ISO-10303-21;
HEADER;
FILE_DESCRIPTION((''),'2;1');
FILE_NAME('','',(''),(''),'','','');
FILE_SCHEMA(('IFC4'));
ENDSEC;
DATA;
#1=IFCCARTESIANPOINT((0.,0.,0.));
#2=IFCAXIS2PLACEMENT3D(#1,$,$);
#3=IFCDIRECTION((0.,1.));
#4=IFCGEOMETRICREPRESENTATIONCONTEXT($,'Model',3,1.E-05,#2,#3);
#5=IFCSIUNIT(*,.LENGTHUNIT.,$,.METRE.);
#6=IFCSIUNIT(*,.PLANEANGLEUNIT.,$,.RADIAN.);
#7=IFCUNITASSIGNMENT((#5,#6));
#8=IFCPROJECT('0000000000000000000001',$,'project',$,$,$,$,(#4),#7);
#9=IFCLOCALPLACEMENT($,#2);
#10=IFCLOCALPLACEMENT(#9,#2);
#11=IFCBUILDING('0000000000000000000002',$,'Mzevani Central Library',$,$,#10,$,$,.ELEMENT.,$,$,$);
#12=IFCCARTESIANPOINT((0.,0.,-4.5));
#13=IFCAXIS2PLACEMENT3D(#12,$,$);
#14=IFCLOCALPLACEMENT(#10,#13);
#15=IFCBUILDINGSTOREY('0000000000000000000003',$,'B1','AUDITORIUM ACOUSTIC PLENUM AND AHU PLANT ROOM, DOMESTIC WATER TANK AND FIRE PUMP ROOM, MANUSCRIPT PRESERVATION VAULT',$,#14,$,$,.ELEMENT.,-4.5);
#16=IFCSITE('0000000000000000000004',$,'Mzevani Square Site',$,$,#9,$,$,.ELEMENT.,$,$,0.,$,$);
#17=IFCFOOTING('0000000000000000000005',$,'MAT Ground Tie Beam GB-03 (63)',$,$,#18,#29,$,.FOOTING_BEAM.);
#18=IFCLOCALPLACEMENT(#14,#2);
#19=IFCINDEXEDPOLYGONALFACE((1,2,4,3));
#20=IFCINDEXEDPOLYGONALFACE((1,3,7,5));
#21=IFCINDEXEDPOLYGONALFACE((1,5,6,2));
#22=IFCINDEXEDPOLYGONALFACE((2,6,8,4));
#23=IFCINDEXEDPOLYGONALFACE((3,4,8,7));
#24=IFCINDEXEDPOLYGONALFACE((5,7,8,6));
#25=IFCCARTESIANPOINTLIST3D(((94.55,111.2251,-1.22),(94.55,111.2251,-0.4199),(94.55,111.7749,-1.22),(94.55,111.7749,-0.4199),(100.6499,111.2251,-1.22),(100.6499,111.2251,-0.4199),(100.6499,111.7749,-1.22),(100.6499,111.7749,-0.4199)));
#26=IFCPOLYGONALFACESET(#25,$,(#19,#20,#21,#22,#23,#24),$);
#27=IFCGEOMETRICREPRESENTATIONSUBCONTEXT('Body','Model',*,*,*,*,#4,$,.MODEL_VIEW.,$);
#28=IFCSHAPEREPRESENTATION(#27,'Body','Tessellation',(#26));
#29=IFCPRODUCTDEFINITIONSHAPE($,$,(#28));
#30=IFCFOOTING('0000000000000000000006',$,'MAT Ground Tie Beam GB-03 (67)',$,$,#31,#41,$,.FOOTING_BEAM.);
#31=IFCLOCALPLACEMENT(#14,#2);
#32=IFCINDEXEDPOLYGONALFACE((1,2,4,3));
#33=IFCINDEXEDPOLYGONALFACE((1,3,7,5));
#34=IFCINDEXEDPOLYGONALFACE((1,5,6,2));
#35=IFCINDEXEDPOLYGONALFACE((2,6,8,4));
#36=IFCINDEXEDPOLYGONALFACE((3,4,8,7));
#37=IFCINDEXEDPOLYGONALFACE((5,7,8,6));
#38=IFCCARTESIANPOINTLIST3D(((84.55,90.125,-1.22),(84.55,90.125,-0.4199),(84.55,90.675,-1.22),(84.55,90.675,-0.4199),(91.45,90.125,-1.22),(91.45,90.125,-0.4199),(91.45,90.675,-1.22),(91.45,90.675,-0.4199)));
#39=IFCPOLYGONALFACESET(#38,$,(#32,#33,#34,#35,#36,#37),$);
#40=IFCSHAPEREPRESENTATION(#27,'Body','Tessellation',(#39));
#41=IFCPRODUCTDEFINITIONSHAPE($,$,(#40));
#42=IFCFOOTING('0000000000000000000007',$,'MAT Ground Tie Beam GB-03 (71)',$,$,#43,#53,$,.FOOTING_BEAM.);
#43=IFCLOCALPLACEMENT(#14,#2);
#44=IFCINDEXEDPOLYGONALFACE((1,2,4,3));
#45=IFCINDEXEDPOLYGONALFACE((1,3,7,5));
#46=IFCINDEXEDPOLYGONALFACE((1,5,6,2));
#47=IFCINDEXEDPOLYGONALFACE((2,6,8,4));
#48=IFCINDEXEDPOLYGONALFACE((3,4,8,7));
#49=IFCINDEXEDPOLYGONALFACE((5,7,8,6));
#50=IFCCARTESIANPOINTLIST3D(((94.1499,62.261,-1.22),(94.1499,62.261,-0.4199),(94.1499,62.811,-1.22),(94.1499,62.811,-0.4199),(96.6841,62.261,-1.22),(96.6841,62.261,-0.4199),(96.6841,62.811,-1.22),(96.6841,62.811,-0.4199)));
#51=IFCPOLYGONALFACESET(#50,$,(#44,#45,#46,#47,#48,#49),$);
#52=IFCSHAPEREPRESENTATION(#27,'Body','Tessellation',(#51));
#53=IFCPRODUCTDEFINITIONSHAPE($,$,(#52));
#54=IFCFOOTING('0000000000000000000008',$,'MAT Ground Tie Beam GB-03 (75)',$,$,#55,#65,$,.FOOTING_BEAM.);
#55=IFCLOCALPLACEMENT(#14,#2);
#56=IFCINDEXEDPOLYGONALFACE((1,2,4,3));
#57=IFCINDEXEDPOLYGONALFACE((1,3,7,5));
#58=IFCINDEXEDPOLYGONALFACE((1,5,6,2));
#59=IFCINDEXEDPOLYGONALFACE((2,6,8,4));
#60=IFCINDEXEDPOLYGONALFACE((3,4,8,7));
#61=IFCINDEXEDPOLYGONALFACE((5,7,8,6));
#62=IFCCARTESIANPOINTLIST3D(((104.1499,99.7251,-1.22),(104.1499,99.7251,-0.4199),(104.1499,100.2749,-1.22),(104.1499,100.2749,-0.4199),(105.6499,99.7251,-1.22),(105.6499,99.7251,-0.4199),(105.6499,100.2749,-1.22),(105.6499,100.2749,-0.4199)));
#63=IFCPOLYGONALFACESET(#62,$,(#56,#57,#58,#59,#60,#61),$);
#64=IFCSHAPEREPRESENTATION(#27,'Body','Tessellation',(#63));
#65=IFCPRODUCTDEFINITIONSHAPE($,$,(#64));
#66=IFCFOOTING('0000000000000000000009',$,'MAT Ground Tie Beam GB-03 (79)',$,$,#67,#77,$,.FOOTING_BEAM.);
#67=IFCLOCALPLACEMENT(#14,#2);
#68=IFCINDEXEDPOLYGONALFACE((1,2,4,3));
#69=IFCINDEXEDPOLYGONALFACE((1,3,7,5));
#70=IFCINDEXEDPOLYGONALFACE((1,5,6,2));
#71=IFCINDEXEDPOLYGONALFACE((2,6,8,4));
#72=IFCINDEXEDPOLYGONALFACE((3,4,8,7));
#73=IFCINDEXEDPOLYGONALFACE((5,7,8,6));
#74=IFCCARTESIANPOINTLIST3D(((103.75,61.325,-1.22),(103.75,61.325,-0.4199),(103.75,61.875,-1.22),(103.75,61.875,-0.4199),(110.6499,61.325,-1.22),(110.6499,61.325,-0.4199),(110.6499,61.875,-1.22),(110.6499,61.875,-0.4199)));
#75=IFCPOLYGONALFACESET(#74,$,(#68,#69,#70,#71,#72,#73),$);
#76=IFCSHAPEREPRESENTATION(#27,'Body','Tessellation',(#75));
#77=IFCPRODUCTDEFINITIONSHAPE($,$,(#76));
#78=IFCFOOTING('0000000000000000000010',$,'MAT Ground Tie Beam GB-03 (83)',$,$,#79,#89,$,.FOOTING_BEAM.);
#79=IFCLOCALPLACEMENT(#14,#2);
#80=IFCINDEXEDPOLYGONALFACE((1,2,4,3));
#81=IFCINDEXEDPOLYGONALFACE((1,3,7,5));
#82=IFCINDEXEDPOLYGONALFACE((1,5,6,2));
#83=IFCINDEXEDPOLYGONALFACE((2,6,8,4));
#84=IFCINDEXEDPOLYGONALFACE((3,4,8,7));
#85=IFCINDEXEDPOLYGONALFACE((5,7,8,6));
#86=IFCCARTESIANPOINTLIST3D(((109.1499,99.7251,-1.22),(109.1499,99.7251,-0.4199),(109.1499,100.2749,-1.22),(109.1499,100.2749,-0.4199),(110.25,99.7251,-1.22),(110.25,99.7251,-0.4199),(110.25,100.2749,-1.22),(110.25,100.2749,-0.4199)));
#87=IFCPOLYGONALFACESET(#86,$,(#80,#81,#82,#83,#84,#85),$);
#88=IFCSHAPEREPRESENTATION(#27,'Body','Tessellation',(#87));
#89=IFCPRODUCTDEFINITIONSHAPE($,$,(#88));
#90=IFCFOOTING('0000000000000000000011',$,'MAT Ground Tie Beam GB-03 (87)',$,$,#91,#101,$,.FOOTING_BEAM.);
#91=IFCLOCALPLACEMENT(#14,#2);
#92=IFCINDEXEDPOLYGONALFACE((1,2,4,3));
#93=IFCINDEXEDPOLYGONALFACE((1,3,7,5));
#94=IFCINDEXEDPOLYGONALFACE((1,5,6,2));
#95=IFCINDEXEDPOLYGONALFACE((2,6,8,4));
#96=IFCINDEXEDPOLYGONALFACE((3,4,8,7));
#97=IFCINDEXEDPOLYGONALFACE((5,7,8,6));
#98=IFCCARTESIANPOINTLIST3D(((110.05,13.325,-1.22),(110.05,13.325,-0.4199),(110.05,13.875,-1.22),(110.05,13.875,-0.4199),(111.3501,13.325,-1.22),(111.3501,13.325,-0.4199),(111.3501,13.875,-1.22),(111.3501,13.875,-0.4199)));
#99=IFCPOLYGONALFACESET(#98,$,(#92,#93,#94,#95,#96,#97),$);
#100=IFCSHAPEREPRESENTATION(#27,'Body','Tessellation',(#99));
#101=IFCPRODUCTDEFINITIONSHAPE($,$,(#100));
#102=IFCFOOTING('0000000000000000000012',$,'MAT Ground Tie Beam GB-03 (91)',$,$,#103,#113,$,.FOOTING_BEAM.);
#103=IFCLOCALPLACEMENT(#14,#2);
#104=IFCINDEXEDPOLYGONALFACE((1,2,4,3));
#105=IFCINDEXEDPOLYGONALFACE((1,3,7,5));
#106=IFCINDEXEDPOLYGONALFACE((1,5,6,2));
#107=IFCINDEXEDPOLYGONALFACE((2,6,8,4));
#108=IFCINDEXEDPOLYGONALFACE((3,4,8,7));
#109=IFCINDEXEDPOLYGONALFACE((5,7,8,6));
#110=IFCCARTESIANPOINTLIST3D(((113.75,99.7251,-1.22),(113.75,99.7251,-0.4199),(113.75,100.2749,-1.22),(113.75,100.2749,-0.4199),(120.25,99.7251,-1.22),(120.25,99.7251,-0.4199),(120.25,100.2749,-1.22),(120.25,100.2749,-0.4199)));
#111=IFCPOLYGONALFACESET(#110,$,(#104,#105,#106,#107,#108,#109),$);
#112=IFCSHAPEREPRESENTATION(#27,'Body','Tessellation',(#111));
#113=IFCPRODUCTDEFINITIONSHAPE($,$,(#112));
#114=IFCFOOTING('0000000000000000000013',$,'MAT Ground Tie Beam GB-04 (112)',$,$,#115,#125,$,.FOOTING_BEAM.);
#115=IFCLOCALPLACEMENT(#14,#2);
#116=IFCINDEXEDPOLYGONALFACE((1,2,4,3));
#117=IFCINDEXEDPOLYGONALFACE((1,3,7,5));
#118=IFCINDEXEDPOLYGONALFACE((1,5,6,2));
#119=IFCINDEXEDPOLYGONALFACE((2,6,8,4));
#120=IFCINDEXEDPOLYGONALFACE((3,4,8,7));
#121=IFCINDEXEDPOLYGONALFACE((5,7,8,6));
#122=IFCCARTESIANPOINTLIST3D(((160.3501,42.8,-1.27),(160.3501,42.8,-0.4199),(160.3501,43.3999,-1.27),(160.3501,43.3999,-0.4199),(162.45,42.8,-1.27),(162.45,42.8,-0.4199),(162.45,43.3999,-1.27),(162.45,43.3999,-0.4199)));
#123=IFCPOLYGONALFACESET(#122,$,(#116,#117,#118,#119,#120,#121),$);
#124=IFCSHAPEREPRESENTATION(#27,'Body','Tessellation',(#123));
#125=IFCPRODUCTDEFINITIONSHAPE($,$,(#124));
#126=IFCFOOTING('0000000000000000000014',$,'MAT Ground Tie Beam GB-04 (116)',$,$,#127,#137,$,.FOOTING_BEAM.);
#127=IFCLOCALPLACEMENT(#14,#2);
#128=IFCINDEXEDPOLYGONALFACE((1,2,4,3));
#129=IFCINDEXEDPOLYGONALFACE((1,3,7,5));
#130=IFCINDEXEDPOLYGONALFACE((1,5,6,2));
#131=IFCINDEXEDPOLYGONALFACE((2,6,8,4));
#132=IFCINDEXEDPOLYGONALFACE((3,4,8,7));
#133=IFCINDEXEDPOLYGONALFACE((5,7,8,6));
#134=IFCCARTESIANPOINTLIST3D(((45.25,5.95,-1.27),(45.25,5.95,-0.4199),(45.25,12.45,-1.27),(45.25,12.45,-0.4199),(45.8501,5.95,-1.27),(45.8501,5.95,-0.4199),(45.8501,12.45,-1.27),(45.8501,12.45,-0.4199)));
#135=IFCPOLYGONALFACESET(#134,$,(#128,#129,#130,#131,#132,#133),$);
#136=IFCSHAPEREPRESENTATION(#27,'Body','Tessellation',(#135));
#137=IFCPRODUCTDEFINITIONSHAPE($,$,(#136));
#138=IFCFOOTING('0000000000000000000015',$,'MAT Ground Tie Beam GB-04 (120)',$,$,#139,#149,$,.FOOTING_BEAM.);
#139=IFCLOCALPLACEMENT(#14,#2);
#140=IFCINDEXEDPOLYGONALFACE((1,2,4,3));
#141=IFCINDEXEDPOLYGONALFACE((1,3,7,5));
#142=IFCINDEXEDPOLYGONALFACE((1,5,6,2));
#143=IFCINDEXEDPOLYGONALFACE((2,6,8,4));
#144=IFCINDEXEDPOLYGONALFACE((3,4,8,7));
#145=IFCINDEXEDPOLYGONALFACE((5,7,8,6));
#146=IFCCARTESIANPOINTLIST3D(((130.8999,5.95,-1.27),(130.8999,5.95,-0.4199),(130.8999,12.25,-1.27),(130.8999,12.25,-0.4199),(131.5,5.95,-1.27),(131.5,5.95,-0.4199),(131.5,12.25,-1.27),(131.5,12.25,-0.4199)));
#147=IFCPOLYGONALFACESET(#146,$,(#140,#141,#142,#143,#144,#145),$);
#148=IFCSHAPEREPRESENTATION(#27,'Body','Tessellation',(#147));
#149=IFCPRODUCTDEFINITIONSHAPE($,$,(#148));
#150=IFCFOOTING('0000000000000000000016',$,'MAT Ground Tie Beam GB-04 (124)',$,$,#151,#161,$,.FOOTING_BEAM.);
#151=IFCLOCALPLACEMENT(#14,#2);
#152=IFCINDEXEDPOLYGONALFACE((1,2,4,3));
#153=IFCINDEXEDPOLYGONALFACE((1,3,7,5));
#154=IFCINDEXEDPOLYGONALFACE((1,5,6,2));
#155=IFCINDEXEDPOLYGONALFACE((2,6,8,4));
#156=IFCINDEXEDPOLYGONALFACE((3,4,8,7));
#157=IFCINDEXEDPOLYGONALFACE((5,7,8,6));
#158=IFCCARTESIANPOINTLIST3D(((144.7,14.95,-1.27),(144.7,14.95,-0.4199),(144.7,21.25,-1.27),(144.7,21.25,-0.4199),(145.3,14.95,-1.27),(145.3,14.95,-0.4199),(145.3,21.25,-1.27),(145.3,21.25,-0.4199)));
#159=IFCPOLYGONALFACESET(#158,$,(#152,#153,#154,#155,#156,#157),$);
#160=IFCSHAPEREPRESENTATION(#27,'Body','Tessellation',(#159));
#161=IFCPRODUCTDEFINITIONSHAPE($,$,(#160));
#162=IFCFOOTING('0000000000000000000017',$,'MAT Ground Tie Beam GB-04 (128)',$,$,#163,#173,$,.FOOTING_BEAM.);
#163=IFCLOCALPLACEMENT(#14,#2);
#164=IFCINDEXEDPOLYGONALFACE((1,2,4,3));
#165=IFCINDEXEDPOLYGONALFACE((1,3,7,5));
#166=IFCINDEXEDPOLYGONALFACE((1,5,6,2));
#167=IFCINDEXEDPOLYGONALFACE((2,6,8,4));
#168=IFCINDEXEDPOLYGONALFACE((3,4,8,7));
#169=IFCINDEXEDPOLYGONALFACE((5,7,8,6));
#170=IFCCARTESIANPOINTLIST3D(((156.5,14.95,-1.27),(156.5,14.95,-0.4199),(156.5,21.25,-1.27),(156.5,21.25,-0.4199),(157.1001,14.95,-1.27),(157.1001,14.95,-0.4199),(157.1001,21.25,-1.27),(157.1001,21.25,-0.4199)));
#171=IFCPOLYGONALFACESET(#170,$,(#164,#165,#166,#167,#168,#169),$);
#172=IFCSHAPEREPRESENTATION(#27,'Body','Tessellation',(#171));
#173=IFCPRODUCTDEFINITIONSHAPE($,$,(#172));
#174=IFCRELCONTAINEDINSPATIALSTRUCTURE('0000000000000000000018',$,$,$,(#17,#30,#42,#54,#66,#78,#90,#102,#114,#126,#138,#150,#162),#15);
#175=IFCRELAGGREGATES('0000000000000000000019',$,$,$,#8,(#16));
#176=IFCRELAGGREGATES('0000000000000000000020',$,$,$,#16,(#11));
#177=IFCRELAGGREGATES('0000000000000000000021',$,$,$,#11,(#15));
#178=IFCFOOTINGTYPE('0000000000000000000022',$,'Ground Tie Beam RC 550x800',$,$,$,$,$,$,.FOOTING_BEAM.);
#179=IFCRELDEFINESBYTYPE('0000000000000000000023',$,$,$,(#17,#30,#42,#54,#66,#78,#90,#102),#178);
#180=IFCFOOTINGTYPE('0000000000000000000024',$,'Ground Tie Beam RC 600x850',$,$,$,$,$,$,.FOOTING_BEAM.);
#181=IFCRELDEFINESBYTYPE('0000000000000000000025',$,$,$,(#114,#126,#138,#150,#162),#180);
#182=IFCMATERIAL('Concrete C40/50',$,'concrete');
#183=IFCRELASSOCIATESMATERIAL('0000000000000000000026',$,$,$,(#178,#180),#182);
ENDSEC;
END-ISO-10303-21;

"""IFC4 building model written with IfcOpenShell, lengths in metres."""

from ifc_helpers import new_model, si_unit, direction, frame, origin, place, context, subcontext, project, spatial, polyline, outline, extrude, material, type_object, element, save


model = new_model("IFC4")

# Units and contexts
model_context = context("Model", 3, precision=1e-05, world=origin(), true_north=direction((0.0, 1.0)))
body_context = subcontext(model_context, "Body", "Model", "MODEL_VIEW")
ifc_project = project(units=[si_unit("LENGTHUNIT", "METRE"), si_unit("PLANEANGLEUNIT", "RADIAN")], contexts=[model_context])

# Site, building, storey
site_placement = place(None, origin())
site = spatial("IfcSite", under=ifc_project, at=site_placement, Name="Mzevani Square Site", CompositionType="ELEMENT", RefElevation=0.0)
building_placement = place(site_placement, origin())
building = spatial("IfcBuilding", under=site, at=building_placement, Name="Mzevani Central Library", CompositionType="ELEMENT")
storey_placement = place(building_placement, frame((0.0, 0.0, -4.5)))
storey = spatial("IfcBuildingStorey", under=building, at=storey_placement, Name="B1", Description="AUDITORIUM ACOUSTIC PLENUM AND AHU PLANT ROOM, DOMESTIC WATER TANK AND FIRE PUMP ROOM, MANUSCRIPT PRESERVATION VAULT", CompositionType="ELEMENT", Elevation=-4.5)

# Footings
ifc_material = material(Name="Concrete C40/50", Category="concrete")
footing_type_1 = type_object("IfcFootingType", Name="Ground Tie Beam RC 550x800", PredefinedType="FOOTING_BEAM", material=ifc_material)
footing_1_placement = place(storey_placement, frame((0.0, 0.0, -1.22)))
element("IfcFooting", 1, at=footing_1_placement, inside=storey, type_object=footing_type_1, Name="MAT Ground Tie Beam GB-03 (63)", PredefinedType="FOOTING_BEAM", context=body_context, shape_type="SweptSolid", body=[
    extrude(outline(polyline([(94.55, 111.2251), (100.6499, 111.2251), (100.6499, 111.7749), (94.55, 111.7749), (94.55, 111.2251)])), origin(), (0.0, 0.0, 1.0), 0.8),
])
footing_2_placement = place(storey_placement, frame((0.0, 0.0, -1.22)))
element("IfcFooting", 2, at=footing_2_placement, inside=storey, type_object=footing_type_1, Name="MAT Ground Tie Beam GB-03 (67)", PredefinedType="FOOTING_BEAM", context=body_context, shape_type="SweptSolid", body=[
    extrude(outline(polyline([(84.55, 90.125), (91.45, 90.125), (91.45, 90.675), (84.55, 90.675), (84.55, 90.125)])), origin(), (0.0, 0.0, 1.0), 0.8),
])
footing_3_placement = place(storey_placement, frame((0.0, 0.0, -1.22)))
element("IfcFooting", 3, at=footing_3_placement, inside=storey, type_object=footing_type_1, Name="MAT Ground Tie Beam GB-03 (71)", PredefinedType="FOOTING_BEAM", context=body_context, shape_type="SweptSolid", body=[
    extrude(outline(polyline([(94.1499, 62.261), (96.6841, 62.261), (96.6841, 62.811), (94.1499, 62.811), (94.1499, 62.261)])), origin(), (0.0, 0.0, 1.0), 0.8),
])
footing_4_placement = place(storey_placement, frame((0.0, 0.0, -1.22)))
element("IfcFooting", 4, at=footing_4_placement, inside=storey, type_object=footing_type_1, Name="MAT Ground Tie Beam GB-03 (75)", PredefinedType="FOOTING_BEAM", context=body_context, shape_type="SweptSolid", body=[
    extrude(outline(polyline([(104.1499, 99.7251), (105.6499, 99.7251), (105.6499, 100.2749), (104.1499, 100.2749), (104.1499, 99.7251)])), origin(), (0.0, 0.0, 1.0), 0.8),
])
footing_5_placement = place(storey_placement, frame((0.0, 0.0, -1.22)))
element("IfcFooting", 5, at=footing_5_placement, inside=storey, type_object=footing_type_1, Name="MAT Ground Tie Beam GB-03 (79)", PredefinedType="FOOTING_BEAM", context=body_context, shape_type="SweptSolid", body=[
    extrude(outline(polyline([(103.75, 61.325), (110.6499, 61.325), (110.6499, 61.875), (103.75, 61.875), (103.75, 61.325)])), origin(), (0.0, 0.0, 1.0), 0.8),
])
footing_6_placement = place(storey_placement, frame((0.0, 0.0, -1.22)))
element("IfcFooting", 6, at=footing_6_placement, inside=storey, type_object=footing_type_1, Name="MAT Ground Tie Beam GB-03 (83)", PredefinedType="FOOTING_BEAM", context=body_context, shape_type="SweptSolid", body=[
    extrude(outline(polyline([(109.1499, 99.7251), (110.25, 99.7251), (110.25, 100.2749), (109.1499, 100.2749), (109.1499, 99.7251)])), origin(), (0.0, 0.0, 1.0), 0.8),
])
footing_7_placement = place(storey_placement, frame((0.0, 0.0, -1.22)))
element("IfcFooting", 7, at=footing_7_placement, inside=storey, type_object=footing_type_1, Name="MAT Ground Tie Beam GB-03 (87)", PredefinedType="FOOTING_BEAM", context=body_context, shape_type="SweptSolid", body=[
    extrude(outline(polyline([(110.05, 13.325), (111.3501, 13.325), (111.3501, 13.875), (110.05, 13.875), (110.05, 13.325)])), origin(), (0.0, 0.0, 1.0), 0.8),
])
footing_8_placement = place(storey_placement, frame((0.0, 0.0, -1.22)))
element("IfcFooting", 8, at=footing_8_placement, inside=storey, type_object=footing_type_1, Name="MAT Ground Tie Beam GB-03 (91)", PredefinedType="FOOTING_BEAM", context=body_context, shape_type="SweptSolid", body=[
    extrude(outline(polyline([(113.75, 99.7251), (120.25, 99.7251), (120.25, 100.2749), (113.75, 100.2749), (113.75, 99.7251)])), origin(), (0.0, 0.0, 1.0), 0.8),
])
footing_type_2 = type_object("IfcFootingType", Name="Ground Tie Beam RC 600x850", PredefinedType="FOOTING_BEAM", material=ifc_material)
footing_9_placement = place(storey_placement, frame((0.0, 0.0, -1.27)))
element("IfcFooting", 9, at=footing_9_placement, inside=storey, type_object=footing_type_2, Name="MAT Ground Tie Beam GB-04 (112)", PredefinedType="FOOTING_BEAM", context=body_context, shape_type="SweptSolid", body=[
    extrude(outline(polyline([(160.3501, 42.8), (162.45, 42.8), (162.45, 43.3999), (160.3501, 43.3999), (160.3501, 42.8)])), origin(), (0.0, 0.0, 1.0), 0.8501),
])
footing_10_placement = place(storey_placement, frame((0.0, 0.0, -1.27)))
element("IfcFooting", 10, at=footing_10_placement, inside=storey, type_object=footing_type_2, Name="MAT Ground Tie Beam GB-04 (116)", PredefinedType="FOOTING_BEAM", context=body_context, shape_type="SweptSolid", body=[
    extrude(outline(polyline([(45.25, 5.95), (45.8501, 5.95), (45.8501, 12.45), (45.25, 12.45), (45.25, 5.95)])), origin(), (0.0, 0.0, 1.0), 0.8501),
])
footing_11_placement = place(storey_placement, frame((0.0, 0.0, -1.27)))
element("IfcFooting", 11, at=footing_11_placement, inside=storey, type_object=footing_type_2, Name="MAT Ground Tie Beam GB-04 (120)", PredefinedType="FOOTING_BEAM", context=body_context, shape_type="SweptSolid", body=[
    extrude(outline(polyline([(130.8999, 5.95), (131.5, 5.95), (131.5, 12.25), (130.8999, 12.25), (130.8999, 5.95)])), origin(), (0.0, 0.0, 1.0), 0.8501),
])
footing_12_placement = place(storey_placement, frame((0.0, 0.0, -1.27)))
element("IfcFooting", 12, at=footing_12_placement, inside=storey, type_object=footing_type_2, Name="MAT Ground Tie Beam GB-04 (124)", PredefinedType="FOOTING_BEAM", context=body_context, shape_type="SweptSolid", body=[
    extrude(outline(polyline([(144.7, 14.95), (145.3, 14.95), (145.3, 21.25), (144.7, 21.25), (144.7, 14.95)])), origin(), (0.0, 0.0, 1.0), 0.8501),
])
footing_13_placement = place(storey_placement, frame((0.0, 0.0, -1.27)))
element("IfcFooting", 13, at=footing_13_placement, inside=storey, type_object=footing_type_2, Name="MAT Ground Tie Beam GB-04 (128)", PredefinedType="FOOTING_BEAM", context=body_context, shape_type="SweptSolid", body=[
    extrude(outline(polyline([(156.5, 14.95), (157.1001, 14.95), (157.1001, 21.25), (156.5, 21.25), (156.5, 14.95)])), origin(), (0.0, 0.0, 1.0), 0.8501),
])

save(model, "model.ifc")
